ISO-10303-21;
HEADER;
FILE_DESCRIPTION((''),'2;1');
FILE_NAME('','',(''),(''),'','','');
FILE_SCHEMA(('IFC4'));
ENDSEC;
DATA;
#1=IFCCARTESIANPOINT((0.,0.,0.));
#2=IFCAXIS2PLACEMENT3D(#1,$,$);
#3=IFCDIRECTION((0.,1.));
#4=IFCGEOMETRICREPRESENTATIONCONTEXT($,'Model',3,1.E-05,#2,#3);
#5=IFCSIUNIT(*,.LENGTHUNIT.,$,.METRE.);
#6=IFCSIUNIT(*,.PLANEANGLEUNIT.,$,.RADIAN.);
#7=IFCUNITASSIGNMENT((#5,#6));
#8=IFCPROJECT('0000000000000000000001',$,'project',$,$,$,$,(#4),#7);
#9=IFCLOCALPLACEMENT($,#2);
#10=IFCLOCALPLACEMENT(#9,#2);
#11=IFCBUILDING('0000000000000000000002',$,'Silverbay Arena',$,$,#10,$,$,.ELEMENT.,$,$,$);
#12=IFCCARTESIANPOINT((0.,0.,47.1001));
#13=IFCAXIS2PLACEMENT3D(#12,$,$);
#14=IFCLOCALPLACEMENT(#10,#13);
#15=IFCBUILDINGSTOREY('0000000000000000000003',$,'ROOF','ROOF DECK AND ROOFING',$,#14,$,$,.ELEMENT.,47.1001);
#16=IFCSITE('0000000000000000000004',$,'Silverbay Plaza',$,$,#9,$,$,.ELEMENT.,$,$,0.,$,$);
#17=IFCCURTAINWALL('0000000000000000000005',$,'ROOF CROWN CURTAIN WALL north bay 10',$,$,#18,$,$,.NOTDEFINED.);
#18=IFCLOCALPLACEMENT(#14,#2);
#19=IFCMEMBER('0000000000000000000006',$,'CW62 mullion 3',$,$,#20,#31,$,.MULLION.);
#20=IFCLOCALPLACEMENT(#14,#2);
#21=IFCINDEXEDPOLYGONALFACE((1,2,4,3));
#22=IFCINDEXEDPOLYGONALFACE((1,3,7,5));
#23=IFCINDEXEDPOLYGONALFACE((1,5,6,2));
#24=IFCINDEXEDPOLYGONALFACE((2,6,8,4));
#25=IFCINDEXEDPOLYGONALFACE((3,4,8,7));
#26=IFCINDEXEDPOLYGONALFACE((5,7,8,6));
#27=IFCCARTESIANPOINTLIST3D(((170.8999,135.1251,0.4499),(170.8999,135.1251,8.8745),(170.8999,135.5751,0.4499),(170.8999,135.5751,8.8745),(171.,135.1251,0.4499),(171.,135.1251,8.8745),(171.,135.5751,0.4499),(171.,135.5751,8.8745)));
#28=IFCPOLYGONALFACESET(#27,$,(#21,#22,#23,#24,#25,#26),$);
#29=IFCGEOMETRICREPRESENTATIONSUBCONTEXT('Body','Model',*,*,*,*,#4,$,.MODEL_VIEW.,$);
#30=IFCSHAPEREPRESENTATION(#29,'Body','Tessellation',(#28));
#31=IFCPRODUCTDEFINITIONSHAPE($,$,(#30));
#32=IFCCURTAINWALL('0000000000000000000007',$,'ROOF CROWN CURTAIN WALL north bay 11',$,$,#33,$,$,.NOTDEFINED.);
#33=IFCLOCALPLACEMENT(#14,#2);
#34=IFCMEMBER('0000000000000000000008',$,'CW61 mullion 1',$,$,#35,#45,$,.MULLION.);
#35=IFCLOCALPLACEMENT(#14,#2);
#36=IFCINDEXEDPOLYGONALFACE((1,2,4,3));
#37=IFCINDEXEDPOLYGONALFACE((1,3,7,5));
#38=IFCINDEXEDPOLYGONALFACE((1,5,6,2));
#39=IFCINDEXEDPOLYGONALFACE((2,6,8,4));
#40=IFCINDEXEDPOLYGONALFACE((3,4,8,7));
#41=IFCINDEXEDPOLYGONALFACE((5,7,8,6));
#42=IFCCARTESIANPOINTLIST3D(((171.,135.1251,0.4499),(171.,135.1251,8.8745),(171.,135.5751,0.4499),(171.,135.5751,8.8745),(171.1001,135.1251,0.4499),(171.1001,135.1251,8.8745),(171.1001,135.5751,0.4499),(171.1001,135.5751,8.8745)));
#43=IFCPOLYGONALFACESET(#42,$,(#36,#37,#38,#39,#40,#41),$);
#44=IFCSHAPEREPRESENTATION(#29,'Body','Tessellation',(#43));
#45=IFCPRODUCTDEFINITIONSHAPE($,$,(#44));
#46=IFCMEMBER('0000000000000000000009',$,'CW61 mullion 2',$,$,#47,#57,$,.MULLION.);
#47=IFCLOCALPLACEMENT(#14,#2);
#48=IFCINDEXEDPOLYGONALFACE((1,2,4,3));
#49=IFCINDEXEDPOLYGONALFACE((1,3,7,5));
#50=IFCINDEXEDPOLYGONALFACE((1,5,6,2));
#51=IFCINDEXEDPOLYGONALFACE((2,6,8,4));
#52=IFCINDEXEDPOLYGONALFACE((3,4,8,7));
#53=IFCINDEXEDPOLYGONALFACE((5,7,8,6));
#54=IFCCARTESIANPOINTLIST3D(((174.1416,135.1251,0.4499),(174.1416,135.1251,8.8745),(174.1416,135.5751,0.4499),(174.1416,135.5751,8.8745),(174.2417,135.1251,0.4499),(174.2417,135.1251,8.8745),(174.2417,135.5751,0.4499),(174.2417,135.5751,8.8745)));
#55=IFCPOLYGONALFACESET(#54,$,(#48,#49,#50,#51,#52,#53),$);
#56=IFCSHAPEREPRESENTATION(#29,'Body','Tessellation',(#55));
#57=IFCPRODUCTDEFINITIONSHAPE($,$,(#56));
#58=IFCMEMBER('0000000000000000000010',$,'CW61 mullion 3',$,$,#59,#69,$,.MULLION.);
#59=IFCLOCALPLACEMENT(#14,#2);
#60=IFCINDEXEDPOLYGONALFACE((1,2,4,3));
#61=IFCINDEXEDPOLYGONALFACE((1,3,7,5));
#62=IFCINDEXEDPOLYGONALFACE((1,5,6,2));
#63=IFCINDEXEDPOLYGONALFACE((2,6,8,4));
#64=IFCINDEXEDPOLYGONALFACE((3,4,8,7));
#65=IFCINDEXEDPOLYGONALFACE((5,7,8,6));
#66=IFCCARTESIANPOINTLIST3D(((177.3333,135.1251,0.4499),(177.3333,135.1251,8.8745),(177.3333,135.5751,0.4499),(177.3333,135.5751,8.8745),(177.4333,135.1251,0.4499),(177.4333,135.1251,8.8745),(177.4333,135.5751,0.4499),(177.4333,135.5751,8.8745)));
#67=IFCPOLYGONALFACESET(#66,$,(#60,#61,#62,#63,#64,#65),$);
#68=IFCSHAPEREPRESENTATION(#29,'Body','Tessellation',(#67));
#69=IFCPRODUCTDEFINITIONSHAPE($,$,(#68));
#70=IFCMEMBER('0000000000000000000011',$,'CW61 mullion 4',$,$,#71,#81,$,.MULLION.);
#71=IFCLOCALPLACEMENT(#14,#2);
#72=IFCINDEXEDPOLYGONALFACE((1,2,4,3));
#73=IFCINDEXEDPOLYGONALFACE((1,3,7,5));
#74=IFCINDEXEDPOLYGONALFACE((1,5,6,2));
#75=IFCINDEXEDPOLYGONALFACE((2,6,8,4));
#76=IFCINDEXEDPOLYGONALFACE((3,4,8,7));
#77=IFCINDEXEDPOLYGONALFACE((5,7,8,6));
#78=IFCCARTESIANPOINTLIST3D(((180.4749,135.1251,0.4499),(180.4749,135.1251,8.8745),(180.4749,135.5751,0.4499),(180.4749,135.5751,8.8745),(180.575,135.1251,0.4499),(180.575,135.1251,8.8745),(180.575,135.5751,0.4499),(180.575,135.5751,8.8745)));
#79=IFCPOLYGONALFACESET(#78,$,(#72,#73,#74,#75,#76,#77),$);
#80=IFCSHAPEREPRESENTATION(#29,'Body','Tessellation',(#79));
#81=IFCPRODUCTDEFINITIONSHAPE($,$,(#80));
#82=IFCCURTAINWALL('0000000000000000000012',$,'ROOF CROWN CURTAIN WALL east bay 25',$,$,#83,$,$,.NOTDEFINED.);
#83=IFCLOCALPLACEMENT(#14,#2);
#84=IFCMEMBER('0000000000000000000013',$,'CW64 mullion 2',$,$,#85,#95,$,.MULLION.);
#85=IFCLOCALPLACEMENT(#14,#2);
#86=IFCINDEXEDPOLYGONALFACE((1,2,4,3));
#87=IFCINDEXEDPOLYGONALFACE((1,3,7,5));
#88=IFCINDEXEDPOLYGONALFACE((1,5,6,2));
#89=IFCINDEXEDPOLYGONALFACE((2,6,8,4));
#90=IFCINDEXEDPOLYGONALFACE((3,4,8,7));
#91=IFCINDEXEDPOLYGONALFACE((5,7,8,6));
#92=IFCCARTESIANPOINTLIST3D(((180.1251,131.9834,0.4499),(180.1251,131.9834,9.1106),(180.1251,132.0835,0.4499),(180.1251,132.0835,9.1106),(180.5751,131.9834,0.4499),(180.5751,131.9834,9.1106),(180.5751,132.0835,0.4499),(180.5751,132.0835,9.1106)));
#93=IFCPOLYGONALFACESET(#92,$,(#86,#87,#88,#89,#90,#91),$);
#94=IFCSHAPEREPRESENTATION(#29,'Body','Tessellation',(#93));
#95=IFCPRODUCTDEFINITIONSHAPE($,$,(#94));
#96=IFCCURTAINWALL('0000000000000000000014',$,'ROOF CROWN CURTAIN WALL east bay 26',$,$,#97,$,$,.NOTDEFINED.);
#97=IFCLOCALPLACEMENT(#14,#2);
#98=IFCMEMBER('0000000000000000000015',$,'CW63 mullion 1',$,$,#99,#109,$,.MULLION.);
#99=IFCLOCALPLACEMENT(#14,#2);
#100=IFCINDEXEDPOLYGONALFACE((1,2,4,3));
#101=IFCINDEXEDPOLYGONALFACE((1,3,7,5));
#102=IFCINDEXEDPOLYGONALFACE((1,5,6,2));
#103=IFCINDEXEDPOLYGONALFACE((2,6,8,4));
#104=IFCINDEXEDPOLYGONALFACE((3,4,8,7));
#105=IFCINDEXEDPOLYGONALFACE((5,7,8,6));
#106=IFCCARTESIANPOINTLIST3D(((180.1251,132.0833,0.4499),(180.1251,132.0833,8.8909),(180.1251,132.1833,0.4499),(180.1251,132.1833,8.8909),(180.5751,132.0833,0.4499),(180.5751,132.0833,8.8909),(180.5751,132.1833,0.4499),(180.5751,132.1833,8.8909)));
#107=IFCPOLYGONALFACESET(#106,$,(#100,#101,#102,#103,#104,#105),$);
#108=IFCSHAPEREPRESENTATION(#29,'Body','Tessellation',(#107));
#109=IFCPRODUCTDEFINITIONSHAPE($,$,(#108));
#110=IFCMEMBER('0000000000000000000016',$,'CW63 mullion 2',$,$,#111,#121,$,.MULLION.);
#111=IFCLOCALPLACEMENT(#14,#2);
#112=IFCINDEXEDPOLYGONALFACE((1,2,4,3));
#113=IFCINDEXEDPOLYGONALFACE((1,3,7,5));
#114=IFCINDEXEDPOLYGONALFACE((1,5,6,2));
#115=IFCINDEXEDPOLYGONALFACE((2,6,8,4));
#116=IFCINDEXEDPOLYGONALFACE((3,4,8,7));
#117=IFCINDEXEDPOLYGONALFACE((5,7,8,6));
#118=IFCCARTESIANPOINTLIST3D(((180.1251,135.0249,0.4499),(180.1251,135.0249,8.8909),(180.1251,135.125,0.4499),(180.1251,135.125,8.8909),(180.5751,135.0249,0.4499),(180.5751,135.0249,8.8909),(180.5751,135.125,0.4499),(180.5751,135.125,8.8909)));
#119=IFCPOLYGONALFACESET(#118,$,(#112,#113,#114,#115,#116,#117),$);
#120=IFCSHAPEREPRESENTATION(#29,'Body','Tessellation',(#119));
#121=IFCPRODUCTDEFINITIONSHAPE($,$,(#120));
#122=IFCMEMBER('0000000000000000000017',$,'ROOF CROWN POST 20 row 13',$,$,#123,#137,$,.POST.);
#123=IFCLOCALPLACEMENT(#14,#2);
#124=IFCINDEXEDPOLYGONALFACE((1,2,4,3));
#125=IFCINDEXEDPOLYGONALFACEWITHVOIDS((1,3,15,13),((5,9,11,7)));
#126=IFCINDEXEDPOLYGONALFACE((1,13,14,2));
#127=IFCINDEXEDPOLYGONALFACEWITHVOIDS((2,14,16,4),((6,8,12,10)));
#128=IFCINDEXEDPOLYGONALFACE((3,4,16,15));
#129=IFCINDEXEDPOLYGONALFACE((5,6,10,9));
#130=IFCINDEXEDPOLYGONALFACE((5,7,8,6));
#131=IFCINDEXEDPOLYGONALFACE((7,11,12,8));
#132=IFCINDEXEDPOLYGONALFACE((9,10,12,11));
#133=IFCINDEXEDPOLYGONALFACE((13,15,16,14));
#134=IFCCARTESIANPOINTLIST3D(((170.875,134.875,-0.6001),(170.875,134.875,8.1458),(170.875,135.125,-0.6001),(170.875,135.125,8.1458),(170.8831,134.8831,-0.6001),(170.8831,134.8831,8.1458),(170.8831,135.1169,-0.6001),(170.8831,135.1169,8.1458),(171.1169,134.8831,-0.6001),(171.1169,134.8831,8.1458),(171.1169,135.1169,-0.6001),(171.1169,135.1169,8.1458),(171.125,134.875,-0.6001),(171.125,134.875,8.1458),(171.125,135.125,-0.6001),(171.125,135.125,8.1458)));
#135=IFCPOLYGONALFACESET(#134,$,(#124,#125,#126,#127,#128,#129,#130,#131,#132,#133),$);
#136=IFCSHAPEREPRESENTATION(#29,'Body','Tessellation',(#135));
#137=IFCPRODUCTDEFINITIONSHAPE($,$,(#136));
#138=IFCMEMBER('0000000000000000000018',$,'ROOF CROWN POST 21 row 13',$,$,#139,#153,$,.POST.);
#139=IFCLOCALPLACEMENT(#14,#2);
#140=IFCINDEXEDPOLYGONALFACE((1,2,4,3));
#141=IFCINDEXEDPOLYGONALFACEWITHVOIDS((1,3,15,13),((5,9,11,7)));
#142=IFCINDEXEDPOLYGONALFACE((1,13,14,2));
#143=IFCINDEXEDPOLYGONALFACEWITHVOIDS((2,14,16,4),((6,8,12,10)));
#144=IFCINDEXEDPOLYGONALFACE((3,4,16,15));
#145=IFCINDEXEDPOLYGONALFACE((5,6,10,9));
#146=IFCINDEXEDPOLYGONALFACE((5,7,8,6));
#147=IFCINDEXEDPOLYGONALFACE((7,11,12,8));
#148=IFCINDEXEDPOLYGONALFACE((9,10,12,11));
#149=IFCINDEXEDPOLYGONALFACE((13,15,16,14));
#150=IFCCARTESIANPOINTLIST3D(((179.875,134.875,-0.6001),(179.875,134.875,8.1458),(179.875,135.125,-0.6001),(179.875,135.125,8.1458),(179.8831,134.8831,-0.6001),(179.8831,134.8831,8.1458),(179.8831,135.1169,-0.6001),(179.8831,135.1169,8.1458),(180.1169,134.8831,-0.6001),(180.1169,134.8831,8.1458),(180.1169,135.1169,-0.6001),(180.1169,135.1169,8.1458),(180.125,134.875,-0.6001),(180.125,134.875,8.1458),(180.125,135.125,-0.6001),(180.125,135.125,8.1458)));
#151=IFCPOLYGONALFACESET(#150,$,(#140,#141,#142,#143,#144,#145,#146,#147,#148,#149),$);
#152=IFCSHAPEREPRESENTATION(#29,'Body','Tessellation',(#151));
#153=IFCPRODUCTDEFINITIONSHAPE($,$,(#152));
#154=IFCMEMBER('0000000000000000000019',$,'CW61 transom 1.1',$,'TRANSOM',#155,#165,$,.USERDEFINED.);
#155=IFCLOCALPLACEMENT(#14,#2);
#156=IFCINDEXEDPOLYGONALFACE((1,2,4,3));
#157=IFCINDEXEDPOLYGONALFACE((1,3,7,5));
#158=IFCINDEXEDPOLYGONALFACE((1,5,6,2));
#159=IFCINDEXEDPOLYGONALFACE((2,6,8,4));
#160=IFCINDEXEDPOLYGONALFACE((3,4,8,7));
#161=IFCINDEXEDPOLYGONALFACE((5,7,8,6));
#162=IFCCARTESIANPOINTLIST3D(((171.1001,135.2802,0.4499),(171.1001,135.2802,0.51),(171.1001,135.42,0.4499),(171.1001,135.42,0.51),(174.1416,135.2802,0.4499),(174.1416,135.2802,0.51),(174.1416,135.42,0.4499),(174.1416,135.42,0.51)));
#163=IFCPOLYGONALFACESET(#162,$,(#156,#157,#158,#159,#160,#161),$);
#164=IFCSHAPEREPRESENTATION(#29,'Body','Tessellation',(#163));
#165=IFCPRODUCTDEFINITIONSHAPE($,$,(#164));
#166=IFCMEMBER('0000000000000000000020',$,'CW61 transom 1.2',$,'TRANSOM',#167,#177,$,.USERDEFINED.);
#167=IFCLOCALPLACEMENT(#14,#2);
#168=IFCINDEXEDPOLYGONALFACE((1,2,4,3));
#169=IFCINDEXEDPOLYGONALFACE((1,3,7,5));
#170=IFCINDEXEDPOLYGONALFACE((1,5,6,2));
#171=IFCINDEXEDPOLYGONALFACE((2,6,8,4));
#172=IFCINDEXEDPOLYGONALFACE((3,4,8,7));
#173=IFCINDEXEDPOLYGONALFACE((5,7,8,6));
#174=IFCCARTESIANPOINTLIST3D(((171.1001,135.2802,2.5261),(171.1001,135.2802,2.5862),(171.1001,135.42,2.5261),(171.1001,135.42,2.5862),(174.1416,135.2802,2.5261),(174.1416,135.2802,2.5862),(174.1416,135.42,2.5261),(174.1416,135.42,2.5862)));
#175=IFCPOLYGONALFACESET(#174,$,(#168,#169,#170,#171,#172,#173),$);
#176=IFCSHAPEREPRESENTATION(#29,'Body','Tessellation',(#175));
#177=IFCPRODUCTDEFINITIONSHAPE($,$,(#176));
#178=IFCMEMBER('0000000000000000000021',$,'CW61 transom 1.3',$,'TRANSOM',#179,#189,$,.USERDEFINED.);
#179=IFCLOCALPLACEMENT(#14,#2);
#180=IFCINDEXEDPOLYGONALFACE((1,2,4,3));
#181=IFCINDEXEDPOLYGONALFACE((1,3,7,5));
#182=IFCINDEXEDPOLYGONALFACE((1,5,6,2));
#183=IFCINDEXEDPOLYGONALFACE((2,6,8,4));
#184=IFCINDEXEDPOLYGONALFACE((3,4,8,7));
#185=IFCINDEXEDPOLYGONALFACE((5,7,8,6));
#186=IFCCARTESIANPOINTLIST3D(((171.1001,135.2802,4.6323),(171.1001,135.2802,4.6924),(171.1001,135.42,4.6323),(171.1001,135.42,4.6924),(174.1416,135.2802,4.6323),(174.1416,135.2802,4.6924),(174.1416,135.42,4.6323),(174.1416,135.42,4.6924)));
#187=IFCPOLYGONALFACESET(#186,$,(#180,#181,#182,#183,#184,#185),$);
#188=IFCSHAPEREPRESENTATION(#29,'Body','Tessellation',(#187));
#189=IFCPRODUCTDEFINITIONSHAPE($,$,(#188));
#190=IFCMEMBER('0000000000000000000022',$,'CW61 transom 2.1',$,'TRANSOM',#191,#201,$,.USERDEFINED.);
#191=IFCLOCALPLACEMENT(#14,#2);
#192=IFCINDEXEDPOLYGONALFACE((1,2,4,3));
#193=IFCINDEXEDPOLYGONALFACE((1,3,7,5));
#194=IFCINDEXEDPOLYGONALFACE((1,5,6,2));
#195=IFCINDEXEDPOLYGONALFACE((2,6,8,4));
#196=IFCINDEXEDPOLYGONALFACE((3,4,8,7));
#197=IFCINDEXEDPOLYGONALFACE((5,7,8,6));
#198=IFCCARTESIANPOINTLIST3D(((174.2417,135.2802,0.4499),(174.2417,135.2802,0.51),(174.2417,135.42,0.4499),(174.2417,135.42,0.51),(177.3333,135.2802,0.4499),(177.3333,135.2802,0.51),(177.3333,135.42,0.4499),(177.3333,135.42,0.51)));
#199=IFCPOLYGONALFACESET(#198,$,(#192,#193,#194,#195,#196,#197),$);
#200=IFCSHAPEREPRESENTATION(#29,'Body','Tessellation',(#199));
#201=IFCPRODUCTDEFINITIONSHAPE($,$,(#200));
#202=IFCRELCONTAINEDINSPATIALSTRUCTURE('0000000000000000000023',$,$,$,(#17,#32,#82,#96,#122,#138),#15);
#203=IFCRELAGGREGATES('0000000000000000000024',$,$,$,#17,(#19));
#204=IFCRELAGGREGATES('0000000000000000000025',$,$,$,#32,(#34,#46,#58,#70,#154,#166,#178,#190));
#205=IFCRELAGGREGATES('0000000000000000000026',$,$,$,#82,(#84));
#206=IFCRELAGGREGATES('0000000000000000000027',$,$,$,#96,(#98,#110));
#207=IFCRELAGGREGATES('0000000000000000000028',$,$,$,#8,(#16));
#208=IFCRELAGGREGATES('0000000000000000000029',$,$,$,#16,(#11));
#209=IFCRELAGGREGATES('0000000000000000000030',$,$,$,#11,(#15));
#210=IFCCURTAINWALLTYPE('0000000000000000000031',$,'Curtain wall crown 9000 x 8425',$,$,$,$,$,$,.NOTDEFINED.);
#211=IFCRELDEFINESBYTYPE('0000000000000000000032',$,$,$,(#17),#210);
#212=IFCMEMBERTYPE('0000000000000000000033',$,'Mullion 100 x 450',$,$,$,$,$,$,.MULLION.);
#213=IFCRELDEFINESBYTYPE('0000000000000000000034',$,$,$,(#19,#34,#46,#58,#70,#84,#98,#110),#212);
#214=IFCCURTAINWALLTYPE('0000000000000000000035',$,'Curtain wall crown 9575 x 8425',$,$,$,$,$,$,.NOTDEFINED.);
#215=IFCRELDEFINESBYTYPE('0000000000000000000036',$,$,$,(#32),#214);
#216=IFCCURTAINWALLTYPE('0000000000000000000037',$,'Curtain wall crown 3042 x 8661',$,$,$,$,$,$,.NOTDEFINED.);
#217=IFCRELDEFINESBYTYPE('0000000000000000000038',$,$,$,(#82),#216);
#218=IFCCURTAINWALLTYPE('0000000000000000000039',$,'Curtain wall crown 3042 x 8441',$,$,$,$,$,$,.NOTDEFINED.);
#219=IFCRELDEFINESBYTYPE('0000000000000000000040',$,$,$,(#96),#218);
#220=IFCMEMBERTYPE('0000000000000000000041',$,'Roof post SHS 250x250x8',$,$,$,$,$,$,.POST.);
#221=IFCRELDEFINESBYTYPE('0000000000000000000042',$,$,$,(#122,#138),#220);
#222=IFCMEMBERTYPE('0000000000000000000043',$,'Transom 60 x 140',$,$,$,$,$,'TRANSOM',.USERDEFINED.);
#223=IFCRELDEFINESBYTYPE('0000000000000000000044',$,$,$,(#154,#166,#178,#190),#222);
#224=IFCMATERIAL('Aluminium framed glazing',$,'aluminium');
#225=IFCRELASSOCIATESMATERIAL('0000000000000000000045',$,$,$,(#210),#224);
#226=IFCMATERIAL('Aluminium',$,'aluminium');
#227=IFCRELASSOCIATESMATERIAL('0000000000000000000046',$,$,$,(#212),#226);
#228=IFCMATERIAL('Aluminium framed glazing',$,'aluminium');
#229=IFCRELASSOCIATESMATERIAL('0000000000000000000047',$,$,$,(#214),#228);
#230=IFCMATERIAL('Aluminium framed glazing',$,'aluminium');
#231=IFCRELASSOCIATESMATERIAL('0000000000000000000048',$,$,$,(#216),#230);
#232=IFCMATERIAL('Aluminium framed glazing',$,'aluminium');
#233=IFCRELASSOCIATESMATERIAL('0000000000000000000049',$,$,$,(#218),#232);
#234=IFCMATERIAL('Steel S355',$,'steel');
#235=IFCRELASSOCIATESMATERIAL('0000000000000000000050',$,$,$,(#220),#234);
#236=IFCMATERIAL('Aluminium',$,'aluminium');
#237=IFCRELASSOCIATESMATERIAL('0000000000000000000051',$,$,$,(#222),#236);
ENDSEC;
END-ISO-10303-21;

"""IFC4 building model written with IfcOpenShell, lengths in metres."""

from ifc_helpers import new_model, si_unit, direction, frame, origin, origin_2d, place, context, subcontext, project, spatial, rectangle, hollow_rectangle, extrude, material, material_profile, profile_set, type_object, element, aggregate, save


model = new_model("IFC4")

# Units and contexts
model_context = context("Model", 3, precision=1e-05, world=origin(), true_north=direction((0.0, 1.0)))
body_context = subcontext(model_context, "Body", "Model", "MODEL_VIEW")
ifc_project = project(units=[si_unit("LENGTHUNIT", "METRE"), si_unit("PLANEANGLEUNIT", "RADIAN")], contexts=[model_context])

# Site, building, storey
site_placement = place(None, origin())
site = spatial("IfcSite", under=ifc_project, at=site_placement, Name="Silverbay Plaza", CompositionType="ELEMENT", RefElevation=0.0)
building_placement = place(site_placement, origin())
building = spatial("IfcBuilding", under=site, at=building_placement, Name="Silverbay Arena", CompositionType="ELEMENT")
storey_placement = place(building_placement, frame((0.0, 0.0, 47.1001)))
storey = spatial("IfcBuildingStorey", under=building, at=storey_placement, Name="ROOF", Description="ROOF DECK AND ROOFING", CompositionType="ELEMENT", Elevation=47.1001)

# Curtain wall, member
ifc_material_1 = material(Name="Aluminium framed glazing", Category="aluminium")
curtain_wall_type_1 = type_object("IfcCurtainWallType", Name="Curtain wall crown 9000 x 8425", PredefinedType="NOTDEFINED", material=ifc_material_1)
curtain_wall_1_placement = place(storey_placement, origin())
curtain_wall_1 = element("IfcCurtainWall", 1, at=curtain_wall_1_placement, inside=storey, type_object=curtain_wall_type_1, Name="ROOF CROWN CURTAIN WALL north bay 10", PredefinedType="NOTDEFINED")
ifc_material_2 = material(Name="Aluminium", Category="aluminium")
ifc_material_profile_1 = material_profile(ifc_material_2, rectangle(XDim=0.45, YDim=0.1001, at=origin_2d()), Name="Mullion 100 x 450")
ifc_profile_set_1 = profile_set([ifc_material_profile_1], Name="Aluminium")
member_type_1 = type_object("IfcMemberType", Name="Mullion 100 x 450", PredefinedType="MULLION", material=ifc_profile_set_1)
placement = place(building_placement, frame((0.0, 0.0, 33.5)))
member_1_placement = place(placement, frame((170.95, 135.3501, 14.05), z_axis=(0.0, 0.0, 1.0), x_axis=(0.0, 1.0, 0.0)))
member_1 = element("IfcMember", 2, at=member_1_placement, type_object=member_type_1, Name="CW62 mullion 3", PredefinedType="MULLION", context=body_context, shape_type="SweptSolid", body=[
    extrude(rectangle(XDim=0.45, YDim=0.1001, at=origin_2d()), origin(), (0.0, 0.0, 1.0), 8.4246),
])
aggregate(curtain_wall_1, [member_1])

# Curtain wall, members
ifc_material_3 = material(Name="Aluminium framed glazing", Category="aluminium")
curtain_wall_type_2 = type_object("IfcCurtainWallType", Name="Curtain wall crown 9575 x 8425", PredefinedType="NOTDEFINED", material=ifc_material_3)
curtain_wall_2_placement = place(storey_placement, origin())
curtain_wall_2 = element("IfcCurtainWall", 3, at=curtain_wall_2_placement, inside=storey, type_object=curtain_wall_type_2, Name="ROOF CROWN CURTAIN WALL north bay 11", PredefinedType="NOTDEFINED")
member_2_placement = place(placement, frame((171.05, 135.3501, 14.05), z_axis=(0.0, 0.0, 1.0), x_axis=(0.0, 1.0, 0.0)))
member_2 = element("IfcMember", 4, at=member_2_placement, type_object=member_type_1, Name="CW61 mullion 1", PredefinedType="MULLION", context=body_context, shape_type="SweptSolid", body=[
    extrude(rectangle(XDim=0.45, YDim=0.1001, at=origin_2d()), origin(), (0.0, 0.0, 1.0), 8.4246),
])
member_3_placement = place(placement, frame((174.1917, 135.3501, 14.05), z_axis=(0.0, 0.0, 1.0), x_axis=(0.0, 1.0, 0.0)))
member_3 = element("IfcMember", 5, at=member_3_placement, type_object=member_type_1, Name="CW61 mullion 2", PredefinedType="MULLION", context=body_context, shape_type="SweptSolid", body=[
    extrude(rectangle(XDim=0.45, YDim=0.1001, at=origin_2d()), origin(), (0.0, 0.0, 1.0), 8.4246),
])
member_4_placement = place(placement, frame((177.3833, 135.3501, 14.05), z_axis=(0.0, 0.0, 1.0), x_axis=(0.0, 1.0, 0.0)))
member_4 = element("IfcMember", 6, at=member_4_placement, type_object=member_type_1, Name="CW61 mullion 3", PredefinedType="MULLION", context=body_context, shape_type="SweptSolid", body=[
    extrude(rectangle(XDim=0.45, YDim=0.1001, at=origin_2d()), origin(), (0.0, 0.0, 1.0), 8.4246),
])
member_5_placement = place(placement, frame((180.5249, 135.3501, 14.05), z_axis=(0.0, 0.0, 1.0), x_axis=(0.0, 1.0, 0.0)))
member_5 = element("IfcMember", 7, at=member_5_placement, type_object=member_type_1, Name="CW61 mullion 4", PredefinedType="MULLION", context=body_context, shape_type="SweptSolid", body=[
    extrude(rectangle(XDim=0.45, YDim=0.1001, at=origin_2d()), origin(), (0.0, 0.0, 1.0), 8.4246),
])

# Curtain wall, member
ifc_material_4 = material(Name="Aluminium framed glazing", Category="aluminium")
curtain_wall_type_3 = type_object("IfcCurtainWallType", Name="Curtain wall crown 3042 x 8661", PredefinedType="NOTDEFINED", material=ifc_material_4)
curtain_wall_3_placement = place(storey_placement, origin())
curtain_wall_3 = element("IfcCurtainWall", 8, at=curtain_wall_3_placement, inside=storey, type_object=curtain_wall_type_3, Name="ROOF CROWN CURTAIN WALL east bay 25", PredefinedType="NOTDEFINED")
member_6_placement = place(placement, frame((180.3501, 132.0334, 14.05), z_axis=(0.0, 0.0, 1.0), x_axis=(-1.0, 0.0, 0.0)))
member_6 = element("IfcMember", 9, at=member_6_placement, type_object=member_type_1, Name="CW64 mullion 2", PredefinedType="MULLION", context=body_context, shape_type="SweptSolid", body=[
    extrude(rectangle(XDim=0.45, YDim=0.1001, at=origin_2d()), origin(), (0.0, 0.0, 1.0), 8.6606),
])

# Curtain wall, members
ifc_material_5 = material(Name="Aluminium framed glazing", Category="aluminium")
curtain_wall_type_4 = type_object("IfcCurtainWallType", Name="Curtain wall crown 3042 x 8441", PredefinedType="NOTDEFINED", material=ifc_material_5)
curtain_wall_4_placement = place(storey_placement, origin())
curtain_wall_4 = element("IfcCurtainWall", 10, at=curtain_wall_4_placement, inside=storey, type_object=curtain_wall_type_4, Name="ROOF CROWN CURTAIN WALL east bay 26", PredefinedType="NOTDEFINED")
member_7_placement = place(placement, frame((180.3501, 132.1333, 14.05), z_axis=(0.0, 0.0, 1.0), x_axis=(-1.0, 0.0, 0.0)))
member_7 = element("IfcMember", 11, at=member_7_placement, type_object=member_type_1, Name="CW63 mullion 1", PredefinedType="MULLION", context=body_context, shape_type="SweptSolid", body=[
    extrude(rectangle(XDim=0.45, YDim=0.1001, at=origin_2d()), origin(), (0.0, 0.0, 1.0), 8.4409),
])
member_8_placement = place(placement, frame((180.3501, 135.075, 14.05), z_axis=(0.0, 0.0, 1.0), x_axis=(-1.0, 0.0, 0.0)))
member_8 = element("IfcMember", 12, at=member_8_placement, type_object=member_type_1, Name="CW63 mullion 2", PredefinedType="MULLION", context=body_context, shape_type="SweptSolid", body=[
    extrude(rectangle(XDim=0.45, YDim=0.1001, at=origin_2d()), origin(), (0.0, 0.0, 1.0), 8.4409),
])

# Members
ifc_material_6 = material(Name="Steel S355", Category="steel")
ifc_material_profile_2 = material_profile(ifc_material_6, hollow_rectangle(XDim=0.25, YDim=0.25, WallThickness=0.0081, at=origin_2d()), Name="SHS 250x250x8")
ifc_profile_set_2 = profile_set([ifc_material_profile_2], Name="Steel S355")
member_type_2 = type_object("IfcMemberType", Name="Roof post SHS 250x250x8", PredefinedType="POST", material=ifc_profile_set_2)
for number, where, z_axis, x_axis, name in (
    (13, (171.0, 135.0, -0.6001), (0.0, 0.0, 1.0), (1.0, 0.0, 0.0), "ROOF CROWN POST 20 row 13"),
    (14, (180.0, 135.0, -0.6001), (0.0, 0.0, 1.0), (1.0, 0.0, 0.0), "ROOF CROWN POST 21 row 13"),
):
    element("IfcMember", number, at=place(storey_placement, frame(where, z_axis=z_axis, x_axis=x_axis)), inside=storey, type_object=member_type_2, Name=name, PredefinedType="POST", context=body_context, shape_type="SweptSolid", body=[
        extrude(hollow_rectangle(XDim=0.25, YDim=0.25, WallThickness=0.0081, at=origin_2d()), origin(), (0.0, 0.0, 1.0), 8.7458),
    ])

# Members
ifc_material_7 = material(Name="Aluminium", Category="aluminium")
ifc_material_profile_3 = material_profile(ifc_material_7, rectangle(XDim=0.1399, YDim=0.0601, at=origin_2d()), Name="Transom 60 x 140")
ifc_profile_set_3 = profile_set([ifc_material_profile_3], Name="Aluminium")
member_type_3 = type_object("IfcMemberType", Name="Transom 60 x 140", ElementType="TRANSOM", PredefinedType="USERDEFINED", material=ifc_profile_set_3)
member_9_placement = place(placement, frame((171.1001, 135.3501, 14.0801), z_axis=(1.0, 0.0, 0.0), x_axis=(0.0, 1.0, 0.0)))
member_9 = element("IfcMember", 15, at=member_9_placement, type_object=member_type_3, Name="CW61 transom 1.1", ObjectType="TRANSOM", PredefinedType="USERDEFINED", context=body_context, shape_type="SweptSolid", body=[
    extrude(rectangle(XDim=0.1399, YDim=0.0601, at=origin_2d()), origin(), (0.0, 0.0, 1.0), 3.0415),
])
member_10_placement = place(placement, frame((171.1001, 135.3501, 16.1562), z_axis=(1.0, 0.0, 0.0), x_axis=(0.0, 1.0, 0.0)))
member_10 = element("IfcMember", 16, at=member_10_placement, type_object=member_type_3, Name="CW61 transom 1.2", ObjectType="TRANSOM", PredefinedType="USERDEFINED", context=body_context, shape_type="SweptSolid", body=[
    extrude(rectangle(XDim=0.1399, YDim=0.0601, at=origin_2d()), origin(), (0.0, 0.0, 1.0), 3.0415),
])
member_11_placement = place(placement, frame((171.1001, 135.3501, 18.2625), z_axis=(1.0, 0.0, 0.0), x_axis=(0.0, 1.0, 0.0)))
member_11 = element("IfcMember", 17, at=member_11_placement, type_object=member_type_3, Name="CW61 transom 1.3", ObjectType="TRANSOM", PredefinedType="USERDEFINED", context=body_context, shape_type="SweptSolid", body=[
    extrude(rectangle(XDim=0.1399, YDim=0.0601, at=origin_2d()), origin(), (0.0, 0.0, 1.0), 3.0415),
])
member_12_placement = place(placement, frame((174.2417, 135.3501, 14.0801), z_axis=(1.0, 0.0, 0.0), x_axis=(0.0, 1.0, 0.0)))
member_12 = element("IfcMember", 18, at=member_12_placement, type_object=member_type_3, Name="CW61 transom 2.1", ObjectType="TRANSOM", PredefinedType="USERDEFINED", context=body_context, shape_type="SweptSolid", body=[
    extrude(rectangle(XDim=0.1399, YDim=0.0601, at=origin_2d()), origin(), (0.0, 0.0, 1.0), 3.0916),
])

aggregate(curtain_wall_2, [member_2, member_3, member_4, member_5, member_9, member_10, member_11, member_12])
aggregate(curtain_wall_3, [member_6])
aggregate(curtain_wall_4, [member_7, member_8])

save(model, "model.ifc")
